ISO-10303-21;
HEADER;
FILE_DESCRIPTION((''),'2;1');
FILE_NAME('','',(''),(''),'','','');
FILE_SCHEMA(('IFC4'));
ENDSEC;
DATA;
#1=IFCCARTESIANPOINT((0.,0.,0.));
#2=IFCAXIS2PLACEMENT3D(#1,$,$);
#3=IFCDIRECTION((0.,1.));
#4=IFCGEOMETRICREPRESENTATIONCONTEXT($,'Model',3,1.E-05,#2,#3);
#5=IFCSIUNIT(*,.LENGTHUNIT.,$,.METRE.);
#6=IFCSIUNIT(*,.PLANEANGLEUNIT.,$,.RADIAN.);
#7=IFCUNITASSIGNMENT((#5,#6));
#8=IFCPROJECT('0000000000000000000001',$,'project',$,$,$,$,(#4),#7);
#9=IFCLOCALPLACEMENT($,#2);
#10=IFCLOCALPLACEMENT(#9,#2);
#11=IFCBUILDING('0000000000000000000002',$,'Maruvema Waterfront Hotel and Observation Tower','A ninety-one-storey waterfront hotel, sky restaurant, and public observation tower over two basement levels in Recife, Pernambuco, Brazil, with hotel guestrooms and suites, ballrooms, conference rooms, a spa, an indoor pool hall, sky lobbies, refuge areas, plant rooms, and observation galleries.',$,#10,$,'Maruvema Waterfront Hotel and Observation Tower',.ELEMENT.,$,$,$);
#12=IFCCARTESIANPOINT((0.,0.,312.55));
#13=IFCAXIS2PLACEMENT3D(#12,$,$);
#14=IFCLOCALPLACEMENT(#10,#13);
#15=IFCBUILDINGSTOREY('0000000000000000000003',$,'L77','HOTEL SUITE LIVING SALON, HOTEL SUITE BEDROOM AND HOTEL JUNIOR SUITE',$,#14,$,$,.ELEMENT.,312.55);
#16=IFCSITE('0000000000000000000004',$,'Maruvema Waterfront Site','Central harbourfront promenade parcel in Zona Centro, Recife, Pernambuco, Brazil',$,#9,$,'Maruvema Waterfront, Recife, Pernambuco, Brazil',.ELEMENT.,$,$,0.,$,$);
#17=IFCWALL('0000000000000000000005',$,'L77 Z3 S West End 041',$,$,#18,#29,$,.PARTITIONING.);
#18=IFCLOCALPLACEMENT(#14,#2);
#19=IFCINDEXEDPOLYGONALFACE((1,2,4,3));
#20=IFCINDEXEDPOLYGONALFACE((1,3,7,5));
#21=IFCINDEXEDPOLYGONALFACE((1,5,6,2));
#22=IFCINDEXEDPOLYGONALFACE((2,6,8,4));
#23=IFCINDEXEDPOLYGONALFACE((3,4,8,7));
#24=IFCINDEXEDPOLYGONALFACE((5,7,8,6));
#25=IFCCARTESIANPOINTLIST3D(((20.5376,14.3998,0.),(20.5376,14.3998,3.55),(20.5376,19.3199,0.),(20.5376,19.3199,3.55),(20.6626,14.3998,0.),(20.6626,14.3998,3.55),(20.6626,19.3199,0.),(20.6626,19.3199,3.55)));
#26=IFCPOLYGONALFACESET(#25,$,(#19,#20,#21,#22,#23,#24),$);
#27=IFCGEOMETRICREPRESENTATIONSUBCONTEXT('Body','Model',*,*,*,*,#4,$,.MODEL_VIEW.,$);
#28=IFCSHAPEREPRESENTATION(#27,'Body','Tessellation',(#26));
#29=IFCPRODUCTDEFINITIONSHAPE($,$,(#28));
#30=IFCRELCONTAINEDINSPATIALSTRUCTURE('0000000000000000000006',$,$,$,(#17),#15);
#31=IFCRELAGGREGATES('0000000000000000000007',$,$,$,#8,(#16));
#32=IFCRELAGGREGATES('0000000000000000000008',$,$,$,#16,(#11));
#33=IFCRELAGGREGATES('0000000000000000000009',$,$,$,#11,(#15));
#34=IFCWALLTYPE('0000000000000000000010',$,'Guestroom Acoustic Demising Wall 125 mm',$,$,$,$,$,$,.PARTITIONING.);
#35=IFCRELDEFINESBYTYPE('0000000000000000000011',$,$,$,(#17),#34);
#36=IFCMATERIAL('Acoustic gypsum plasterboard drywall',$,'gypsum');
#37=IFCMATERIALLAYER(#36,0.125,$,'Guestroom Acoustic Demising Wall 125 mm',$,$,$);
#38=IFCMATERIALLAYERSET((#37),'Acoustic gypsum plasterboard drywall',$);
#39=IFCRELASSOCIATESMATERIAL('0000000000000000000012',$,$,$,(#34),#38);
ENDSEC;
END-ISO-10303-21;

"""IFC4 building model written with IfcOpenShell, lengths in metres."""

from ifc_helpers import new_model, si_unit, direction, frame, frame_2d, origin, place, context, subcontext, project, spatial, rectangle, extrude, material, layer, layer_set, type_object, element, save


model = new_model("IFC4")

# Units and contexts
model_context = context("Model", 3, precision=1e-05, world=origin(), true_north=direction((0.0, 1.0)))
body_context = subcontext(model_context, "Body", "Model", "MODEL_VIEW")
ifc_project = project(units=[si_unit("LENGTHUNIT", "METRE"), si_unit("PLANEANGLEUNIT", "RADIAN")], contexts=[model_context])

# Site, building, storey
site_placement = place(None, origin())
site = spatial("IfcSite", under=ifc_project, at=site_placement, Name="Maruvema Waterfront Site", Description="Central harbourfront promenade parcel in Zona Centro, Recife, Pernambuco, Brazil", LongName="Maruvema Waterfront, Recife, Pernambuco, Brazil", CompositionType="ELEMENT", RefElevation=0.0)
building_placement = place(site_placement, origin())
building = spatial("IfcBuilding", under=site, at=building_placement, Name="Maruvema Waterfront Hotel and Observation Tower", Description="A ninety-one-storey waterfront hotel, sky restaurant, and public observation tower over two basement levels in Recife, Pernambuco, Brazil, with hotel guestrooms and suites, ballrooms, conference rooms, a spa, an indoor pool hall, sky lobbies, refuge areas, plant rooms, and observation galleries.", LongName="Maruvema Waterfront Hotel and Observation Tower", CompositionType="ELEMENT")
storey_placement = place(building_placement, frame((0.0, 0.0, 312.55)))
storey = spatial("IfcBuildingStorey", under=building, at=storey_placement, Name="L77", Description="HOTEL SUITE LIVING SALON, HOTEL SUITE BEDROOM AND HOTEL JUNIOR SUITE", CompositionType="ELEMENT", Elevation=312.55)

# Wall
ifc_material_1 = material(Name="Acoustic gypsum plasterboard drywall", Category="gypsum")
ifc_layer_1 = layer(ifc_material_1, 0.125, Name="Guestroom Acoustic Demising Wall 125 mm")
ifc_layer_set_1 = layer_set([ifc_layer_1], Name="Acoustic gypsum plasterboard drywall")
wall_type_1 = type_object("IfcWallType", Name="Guestroom Acoustic Demising Wall 125 mm", PredefinedType="PARTITIONING", material=ifc_layer_set_1)
wall_1_placement = place(storey_placement, frame((20.6001, 14.3999, 0.0), z_axis=(0.0, 0.0, 1.0), x_axis=(0.0, 1.0, 0.0)))
element("IfcWall", 1, at=wall_1_placement, inside=storey, type_object=wall_type_1, Name="L77 Z3 S West End 041", PredefinedType="PARTITIONING", context=body_context, shape_type="SweptSolid", body=[
    extrude(rectangle(XDim=4.9202, YDim=0.125, at=frame_2d((2.46, 0.0))), origin(), (0.0, 0.0, 1.0), 3.55),
])

save(model, "model.ifc")
